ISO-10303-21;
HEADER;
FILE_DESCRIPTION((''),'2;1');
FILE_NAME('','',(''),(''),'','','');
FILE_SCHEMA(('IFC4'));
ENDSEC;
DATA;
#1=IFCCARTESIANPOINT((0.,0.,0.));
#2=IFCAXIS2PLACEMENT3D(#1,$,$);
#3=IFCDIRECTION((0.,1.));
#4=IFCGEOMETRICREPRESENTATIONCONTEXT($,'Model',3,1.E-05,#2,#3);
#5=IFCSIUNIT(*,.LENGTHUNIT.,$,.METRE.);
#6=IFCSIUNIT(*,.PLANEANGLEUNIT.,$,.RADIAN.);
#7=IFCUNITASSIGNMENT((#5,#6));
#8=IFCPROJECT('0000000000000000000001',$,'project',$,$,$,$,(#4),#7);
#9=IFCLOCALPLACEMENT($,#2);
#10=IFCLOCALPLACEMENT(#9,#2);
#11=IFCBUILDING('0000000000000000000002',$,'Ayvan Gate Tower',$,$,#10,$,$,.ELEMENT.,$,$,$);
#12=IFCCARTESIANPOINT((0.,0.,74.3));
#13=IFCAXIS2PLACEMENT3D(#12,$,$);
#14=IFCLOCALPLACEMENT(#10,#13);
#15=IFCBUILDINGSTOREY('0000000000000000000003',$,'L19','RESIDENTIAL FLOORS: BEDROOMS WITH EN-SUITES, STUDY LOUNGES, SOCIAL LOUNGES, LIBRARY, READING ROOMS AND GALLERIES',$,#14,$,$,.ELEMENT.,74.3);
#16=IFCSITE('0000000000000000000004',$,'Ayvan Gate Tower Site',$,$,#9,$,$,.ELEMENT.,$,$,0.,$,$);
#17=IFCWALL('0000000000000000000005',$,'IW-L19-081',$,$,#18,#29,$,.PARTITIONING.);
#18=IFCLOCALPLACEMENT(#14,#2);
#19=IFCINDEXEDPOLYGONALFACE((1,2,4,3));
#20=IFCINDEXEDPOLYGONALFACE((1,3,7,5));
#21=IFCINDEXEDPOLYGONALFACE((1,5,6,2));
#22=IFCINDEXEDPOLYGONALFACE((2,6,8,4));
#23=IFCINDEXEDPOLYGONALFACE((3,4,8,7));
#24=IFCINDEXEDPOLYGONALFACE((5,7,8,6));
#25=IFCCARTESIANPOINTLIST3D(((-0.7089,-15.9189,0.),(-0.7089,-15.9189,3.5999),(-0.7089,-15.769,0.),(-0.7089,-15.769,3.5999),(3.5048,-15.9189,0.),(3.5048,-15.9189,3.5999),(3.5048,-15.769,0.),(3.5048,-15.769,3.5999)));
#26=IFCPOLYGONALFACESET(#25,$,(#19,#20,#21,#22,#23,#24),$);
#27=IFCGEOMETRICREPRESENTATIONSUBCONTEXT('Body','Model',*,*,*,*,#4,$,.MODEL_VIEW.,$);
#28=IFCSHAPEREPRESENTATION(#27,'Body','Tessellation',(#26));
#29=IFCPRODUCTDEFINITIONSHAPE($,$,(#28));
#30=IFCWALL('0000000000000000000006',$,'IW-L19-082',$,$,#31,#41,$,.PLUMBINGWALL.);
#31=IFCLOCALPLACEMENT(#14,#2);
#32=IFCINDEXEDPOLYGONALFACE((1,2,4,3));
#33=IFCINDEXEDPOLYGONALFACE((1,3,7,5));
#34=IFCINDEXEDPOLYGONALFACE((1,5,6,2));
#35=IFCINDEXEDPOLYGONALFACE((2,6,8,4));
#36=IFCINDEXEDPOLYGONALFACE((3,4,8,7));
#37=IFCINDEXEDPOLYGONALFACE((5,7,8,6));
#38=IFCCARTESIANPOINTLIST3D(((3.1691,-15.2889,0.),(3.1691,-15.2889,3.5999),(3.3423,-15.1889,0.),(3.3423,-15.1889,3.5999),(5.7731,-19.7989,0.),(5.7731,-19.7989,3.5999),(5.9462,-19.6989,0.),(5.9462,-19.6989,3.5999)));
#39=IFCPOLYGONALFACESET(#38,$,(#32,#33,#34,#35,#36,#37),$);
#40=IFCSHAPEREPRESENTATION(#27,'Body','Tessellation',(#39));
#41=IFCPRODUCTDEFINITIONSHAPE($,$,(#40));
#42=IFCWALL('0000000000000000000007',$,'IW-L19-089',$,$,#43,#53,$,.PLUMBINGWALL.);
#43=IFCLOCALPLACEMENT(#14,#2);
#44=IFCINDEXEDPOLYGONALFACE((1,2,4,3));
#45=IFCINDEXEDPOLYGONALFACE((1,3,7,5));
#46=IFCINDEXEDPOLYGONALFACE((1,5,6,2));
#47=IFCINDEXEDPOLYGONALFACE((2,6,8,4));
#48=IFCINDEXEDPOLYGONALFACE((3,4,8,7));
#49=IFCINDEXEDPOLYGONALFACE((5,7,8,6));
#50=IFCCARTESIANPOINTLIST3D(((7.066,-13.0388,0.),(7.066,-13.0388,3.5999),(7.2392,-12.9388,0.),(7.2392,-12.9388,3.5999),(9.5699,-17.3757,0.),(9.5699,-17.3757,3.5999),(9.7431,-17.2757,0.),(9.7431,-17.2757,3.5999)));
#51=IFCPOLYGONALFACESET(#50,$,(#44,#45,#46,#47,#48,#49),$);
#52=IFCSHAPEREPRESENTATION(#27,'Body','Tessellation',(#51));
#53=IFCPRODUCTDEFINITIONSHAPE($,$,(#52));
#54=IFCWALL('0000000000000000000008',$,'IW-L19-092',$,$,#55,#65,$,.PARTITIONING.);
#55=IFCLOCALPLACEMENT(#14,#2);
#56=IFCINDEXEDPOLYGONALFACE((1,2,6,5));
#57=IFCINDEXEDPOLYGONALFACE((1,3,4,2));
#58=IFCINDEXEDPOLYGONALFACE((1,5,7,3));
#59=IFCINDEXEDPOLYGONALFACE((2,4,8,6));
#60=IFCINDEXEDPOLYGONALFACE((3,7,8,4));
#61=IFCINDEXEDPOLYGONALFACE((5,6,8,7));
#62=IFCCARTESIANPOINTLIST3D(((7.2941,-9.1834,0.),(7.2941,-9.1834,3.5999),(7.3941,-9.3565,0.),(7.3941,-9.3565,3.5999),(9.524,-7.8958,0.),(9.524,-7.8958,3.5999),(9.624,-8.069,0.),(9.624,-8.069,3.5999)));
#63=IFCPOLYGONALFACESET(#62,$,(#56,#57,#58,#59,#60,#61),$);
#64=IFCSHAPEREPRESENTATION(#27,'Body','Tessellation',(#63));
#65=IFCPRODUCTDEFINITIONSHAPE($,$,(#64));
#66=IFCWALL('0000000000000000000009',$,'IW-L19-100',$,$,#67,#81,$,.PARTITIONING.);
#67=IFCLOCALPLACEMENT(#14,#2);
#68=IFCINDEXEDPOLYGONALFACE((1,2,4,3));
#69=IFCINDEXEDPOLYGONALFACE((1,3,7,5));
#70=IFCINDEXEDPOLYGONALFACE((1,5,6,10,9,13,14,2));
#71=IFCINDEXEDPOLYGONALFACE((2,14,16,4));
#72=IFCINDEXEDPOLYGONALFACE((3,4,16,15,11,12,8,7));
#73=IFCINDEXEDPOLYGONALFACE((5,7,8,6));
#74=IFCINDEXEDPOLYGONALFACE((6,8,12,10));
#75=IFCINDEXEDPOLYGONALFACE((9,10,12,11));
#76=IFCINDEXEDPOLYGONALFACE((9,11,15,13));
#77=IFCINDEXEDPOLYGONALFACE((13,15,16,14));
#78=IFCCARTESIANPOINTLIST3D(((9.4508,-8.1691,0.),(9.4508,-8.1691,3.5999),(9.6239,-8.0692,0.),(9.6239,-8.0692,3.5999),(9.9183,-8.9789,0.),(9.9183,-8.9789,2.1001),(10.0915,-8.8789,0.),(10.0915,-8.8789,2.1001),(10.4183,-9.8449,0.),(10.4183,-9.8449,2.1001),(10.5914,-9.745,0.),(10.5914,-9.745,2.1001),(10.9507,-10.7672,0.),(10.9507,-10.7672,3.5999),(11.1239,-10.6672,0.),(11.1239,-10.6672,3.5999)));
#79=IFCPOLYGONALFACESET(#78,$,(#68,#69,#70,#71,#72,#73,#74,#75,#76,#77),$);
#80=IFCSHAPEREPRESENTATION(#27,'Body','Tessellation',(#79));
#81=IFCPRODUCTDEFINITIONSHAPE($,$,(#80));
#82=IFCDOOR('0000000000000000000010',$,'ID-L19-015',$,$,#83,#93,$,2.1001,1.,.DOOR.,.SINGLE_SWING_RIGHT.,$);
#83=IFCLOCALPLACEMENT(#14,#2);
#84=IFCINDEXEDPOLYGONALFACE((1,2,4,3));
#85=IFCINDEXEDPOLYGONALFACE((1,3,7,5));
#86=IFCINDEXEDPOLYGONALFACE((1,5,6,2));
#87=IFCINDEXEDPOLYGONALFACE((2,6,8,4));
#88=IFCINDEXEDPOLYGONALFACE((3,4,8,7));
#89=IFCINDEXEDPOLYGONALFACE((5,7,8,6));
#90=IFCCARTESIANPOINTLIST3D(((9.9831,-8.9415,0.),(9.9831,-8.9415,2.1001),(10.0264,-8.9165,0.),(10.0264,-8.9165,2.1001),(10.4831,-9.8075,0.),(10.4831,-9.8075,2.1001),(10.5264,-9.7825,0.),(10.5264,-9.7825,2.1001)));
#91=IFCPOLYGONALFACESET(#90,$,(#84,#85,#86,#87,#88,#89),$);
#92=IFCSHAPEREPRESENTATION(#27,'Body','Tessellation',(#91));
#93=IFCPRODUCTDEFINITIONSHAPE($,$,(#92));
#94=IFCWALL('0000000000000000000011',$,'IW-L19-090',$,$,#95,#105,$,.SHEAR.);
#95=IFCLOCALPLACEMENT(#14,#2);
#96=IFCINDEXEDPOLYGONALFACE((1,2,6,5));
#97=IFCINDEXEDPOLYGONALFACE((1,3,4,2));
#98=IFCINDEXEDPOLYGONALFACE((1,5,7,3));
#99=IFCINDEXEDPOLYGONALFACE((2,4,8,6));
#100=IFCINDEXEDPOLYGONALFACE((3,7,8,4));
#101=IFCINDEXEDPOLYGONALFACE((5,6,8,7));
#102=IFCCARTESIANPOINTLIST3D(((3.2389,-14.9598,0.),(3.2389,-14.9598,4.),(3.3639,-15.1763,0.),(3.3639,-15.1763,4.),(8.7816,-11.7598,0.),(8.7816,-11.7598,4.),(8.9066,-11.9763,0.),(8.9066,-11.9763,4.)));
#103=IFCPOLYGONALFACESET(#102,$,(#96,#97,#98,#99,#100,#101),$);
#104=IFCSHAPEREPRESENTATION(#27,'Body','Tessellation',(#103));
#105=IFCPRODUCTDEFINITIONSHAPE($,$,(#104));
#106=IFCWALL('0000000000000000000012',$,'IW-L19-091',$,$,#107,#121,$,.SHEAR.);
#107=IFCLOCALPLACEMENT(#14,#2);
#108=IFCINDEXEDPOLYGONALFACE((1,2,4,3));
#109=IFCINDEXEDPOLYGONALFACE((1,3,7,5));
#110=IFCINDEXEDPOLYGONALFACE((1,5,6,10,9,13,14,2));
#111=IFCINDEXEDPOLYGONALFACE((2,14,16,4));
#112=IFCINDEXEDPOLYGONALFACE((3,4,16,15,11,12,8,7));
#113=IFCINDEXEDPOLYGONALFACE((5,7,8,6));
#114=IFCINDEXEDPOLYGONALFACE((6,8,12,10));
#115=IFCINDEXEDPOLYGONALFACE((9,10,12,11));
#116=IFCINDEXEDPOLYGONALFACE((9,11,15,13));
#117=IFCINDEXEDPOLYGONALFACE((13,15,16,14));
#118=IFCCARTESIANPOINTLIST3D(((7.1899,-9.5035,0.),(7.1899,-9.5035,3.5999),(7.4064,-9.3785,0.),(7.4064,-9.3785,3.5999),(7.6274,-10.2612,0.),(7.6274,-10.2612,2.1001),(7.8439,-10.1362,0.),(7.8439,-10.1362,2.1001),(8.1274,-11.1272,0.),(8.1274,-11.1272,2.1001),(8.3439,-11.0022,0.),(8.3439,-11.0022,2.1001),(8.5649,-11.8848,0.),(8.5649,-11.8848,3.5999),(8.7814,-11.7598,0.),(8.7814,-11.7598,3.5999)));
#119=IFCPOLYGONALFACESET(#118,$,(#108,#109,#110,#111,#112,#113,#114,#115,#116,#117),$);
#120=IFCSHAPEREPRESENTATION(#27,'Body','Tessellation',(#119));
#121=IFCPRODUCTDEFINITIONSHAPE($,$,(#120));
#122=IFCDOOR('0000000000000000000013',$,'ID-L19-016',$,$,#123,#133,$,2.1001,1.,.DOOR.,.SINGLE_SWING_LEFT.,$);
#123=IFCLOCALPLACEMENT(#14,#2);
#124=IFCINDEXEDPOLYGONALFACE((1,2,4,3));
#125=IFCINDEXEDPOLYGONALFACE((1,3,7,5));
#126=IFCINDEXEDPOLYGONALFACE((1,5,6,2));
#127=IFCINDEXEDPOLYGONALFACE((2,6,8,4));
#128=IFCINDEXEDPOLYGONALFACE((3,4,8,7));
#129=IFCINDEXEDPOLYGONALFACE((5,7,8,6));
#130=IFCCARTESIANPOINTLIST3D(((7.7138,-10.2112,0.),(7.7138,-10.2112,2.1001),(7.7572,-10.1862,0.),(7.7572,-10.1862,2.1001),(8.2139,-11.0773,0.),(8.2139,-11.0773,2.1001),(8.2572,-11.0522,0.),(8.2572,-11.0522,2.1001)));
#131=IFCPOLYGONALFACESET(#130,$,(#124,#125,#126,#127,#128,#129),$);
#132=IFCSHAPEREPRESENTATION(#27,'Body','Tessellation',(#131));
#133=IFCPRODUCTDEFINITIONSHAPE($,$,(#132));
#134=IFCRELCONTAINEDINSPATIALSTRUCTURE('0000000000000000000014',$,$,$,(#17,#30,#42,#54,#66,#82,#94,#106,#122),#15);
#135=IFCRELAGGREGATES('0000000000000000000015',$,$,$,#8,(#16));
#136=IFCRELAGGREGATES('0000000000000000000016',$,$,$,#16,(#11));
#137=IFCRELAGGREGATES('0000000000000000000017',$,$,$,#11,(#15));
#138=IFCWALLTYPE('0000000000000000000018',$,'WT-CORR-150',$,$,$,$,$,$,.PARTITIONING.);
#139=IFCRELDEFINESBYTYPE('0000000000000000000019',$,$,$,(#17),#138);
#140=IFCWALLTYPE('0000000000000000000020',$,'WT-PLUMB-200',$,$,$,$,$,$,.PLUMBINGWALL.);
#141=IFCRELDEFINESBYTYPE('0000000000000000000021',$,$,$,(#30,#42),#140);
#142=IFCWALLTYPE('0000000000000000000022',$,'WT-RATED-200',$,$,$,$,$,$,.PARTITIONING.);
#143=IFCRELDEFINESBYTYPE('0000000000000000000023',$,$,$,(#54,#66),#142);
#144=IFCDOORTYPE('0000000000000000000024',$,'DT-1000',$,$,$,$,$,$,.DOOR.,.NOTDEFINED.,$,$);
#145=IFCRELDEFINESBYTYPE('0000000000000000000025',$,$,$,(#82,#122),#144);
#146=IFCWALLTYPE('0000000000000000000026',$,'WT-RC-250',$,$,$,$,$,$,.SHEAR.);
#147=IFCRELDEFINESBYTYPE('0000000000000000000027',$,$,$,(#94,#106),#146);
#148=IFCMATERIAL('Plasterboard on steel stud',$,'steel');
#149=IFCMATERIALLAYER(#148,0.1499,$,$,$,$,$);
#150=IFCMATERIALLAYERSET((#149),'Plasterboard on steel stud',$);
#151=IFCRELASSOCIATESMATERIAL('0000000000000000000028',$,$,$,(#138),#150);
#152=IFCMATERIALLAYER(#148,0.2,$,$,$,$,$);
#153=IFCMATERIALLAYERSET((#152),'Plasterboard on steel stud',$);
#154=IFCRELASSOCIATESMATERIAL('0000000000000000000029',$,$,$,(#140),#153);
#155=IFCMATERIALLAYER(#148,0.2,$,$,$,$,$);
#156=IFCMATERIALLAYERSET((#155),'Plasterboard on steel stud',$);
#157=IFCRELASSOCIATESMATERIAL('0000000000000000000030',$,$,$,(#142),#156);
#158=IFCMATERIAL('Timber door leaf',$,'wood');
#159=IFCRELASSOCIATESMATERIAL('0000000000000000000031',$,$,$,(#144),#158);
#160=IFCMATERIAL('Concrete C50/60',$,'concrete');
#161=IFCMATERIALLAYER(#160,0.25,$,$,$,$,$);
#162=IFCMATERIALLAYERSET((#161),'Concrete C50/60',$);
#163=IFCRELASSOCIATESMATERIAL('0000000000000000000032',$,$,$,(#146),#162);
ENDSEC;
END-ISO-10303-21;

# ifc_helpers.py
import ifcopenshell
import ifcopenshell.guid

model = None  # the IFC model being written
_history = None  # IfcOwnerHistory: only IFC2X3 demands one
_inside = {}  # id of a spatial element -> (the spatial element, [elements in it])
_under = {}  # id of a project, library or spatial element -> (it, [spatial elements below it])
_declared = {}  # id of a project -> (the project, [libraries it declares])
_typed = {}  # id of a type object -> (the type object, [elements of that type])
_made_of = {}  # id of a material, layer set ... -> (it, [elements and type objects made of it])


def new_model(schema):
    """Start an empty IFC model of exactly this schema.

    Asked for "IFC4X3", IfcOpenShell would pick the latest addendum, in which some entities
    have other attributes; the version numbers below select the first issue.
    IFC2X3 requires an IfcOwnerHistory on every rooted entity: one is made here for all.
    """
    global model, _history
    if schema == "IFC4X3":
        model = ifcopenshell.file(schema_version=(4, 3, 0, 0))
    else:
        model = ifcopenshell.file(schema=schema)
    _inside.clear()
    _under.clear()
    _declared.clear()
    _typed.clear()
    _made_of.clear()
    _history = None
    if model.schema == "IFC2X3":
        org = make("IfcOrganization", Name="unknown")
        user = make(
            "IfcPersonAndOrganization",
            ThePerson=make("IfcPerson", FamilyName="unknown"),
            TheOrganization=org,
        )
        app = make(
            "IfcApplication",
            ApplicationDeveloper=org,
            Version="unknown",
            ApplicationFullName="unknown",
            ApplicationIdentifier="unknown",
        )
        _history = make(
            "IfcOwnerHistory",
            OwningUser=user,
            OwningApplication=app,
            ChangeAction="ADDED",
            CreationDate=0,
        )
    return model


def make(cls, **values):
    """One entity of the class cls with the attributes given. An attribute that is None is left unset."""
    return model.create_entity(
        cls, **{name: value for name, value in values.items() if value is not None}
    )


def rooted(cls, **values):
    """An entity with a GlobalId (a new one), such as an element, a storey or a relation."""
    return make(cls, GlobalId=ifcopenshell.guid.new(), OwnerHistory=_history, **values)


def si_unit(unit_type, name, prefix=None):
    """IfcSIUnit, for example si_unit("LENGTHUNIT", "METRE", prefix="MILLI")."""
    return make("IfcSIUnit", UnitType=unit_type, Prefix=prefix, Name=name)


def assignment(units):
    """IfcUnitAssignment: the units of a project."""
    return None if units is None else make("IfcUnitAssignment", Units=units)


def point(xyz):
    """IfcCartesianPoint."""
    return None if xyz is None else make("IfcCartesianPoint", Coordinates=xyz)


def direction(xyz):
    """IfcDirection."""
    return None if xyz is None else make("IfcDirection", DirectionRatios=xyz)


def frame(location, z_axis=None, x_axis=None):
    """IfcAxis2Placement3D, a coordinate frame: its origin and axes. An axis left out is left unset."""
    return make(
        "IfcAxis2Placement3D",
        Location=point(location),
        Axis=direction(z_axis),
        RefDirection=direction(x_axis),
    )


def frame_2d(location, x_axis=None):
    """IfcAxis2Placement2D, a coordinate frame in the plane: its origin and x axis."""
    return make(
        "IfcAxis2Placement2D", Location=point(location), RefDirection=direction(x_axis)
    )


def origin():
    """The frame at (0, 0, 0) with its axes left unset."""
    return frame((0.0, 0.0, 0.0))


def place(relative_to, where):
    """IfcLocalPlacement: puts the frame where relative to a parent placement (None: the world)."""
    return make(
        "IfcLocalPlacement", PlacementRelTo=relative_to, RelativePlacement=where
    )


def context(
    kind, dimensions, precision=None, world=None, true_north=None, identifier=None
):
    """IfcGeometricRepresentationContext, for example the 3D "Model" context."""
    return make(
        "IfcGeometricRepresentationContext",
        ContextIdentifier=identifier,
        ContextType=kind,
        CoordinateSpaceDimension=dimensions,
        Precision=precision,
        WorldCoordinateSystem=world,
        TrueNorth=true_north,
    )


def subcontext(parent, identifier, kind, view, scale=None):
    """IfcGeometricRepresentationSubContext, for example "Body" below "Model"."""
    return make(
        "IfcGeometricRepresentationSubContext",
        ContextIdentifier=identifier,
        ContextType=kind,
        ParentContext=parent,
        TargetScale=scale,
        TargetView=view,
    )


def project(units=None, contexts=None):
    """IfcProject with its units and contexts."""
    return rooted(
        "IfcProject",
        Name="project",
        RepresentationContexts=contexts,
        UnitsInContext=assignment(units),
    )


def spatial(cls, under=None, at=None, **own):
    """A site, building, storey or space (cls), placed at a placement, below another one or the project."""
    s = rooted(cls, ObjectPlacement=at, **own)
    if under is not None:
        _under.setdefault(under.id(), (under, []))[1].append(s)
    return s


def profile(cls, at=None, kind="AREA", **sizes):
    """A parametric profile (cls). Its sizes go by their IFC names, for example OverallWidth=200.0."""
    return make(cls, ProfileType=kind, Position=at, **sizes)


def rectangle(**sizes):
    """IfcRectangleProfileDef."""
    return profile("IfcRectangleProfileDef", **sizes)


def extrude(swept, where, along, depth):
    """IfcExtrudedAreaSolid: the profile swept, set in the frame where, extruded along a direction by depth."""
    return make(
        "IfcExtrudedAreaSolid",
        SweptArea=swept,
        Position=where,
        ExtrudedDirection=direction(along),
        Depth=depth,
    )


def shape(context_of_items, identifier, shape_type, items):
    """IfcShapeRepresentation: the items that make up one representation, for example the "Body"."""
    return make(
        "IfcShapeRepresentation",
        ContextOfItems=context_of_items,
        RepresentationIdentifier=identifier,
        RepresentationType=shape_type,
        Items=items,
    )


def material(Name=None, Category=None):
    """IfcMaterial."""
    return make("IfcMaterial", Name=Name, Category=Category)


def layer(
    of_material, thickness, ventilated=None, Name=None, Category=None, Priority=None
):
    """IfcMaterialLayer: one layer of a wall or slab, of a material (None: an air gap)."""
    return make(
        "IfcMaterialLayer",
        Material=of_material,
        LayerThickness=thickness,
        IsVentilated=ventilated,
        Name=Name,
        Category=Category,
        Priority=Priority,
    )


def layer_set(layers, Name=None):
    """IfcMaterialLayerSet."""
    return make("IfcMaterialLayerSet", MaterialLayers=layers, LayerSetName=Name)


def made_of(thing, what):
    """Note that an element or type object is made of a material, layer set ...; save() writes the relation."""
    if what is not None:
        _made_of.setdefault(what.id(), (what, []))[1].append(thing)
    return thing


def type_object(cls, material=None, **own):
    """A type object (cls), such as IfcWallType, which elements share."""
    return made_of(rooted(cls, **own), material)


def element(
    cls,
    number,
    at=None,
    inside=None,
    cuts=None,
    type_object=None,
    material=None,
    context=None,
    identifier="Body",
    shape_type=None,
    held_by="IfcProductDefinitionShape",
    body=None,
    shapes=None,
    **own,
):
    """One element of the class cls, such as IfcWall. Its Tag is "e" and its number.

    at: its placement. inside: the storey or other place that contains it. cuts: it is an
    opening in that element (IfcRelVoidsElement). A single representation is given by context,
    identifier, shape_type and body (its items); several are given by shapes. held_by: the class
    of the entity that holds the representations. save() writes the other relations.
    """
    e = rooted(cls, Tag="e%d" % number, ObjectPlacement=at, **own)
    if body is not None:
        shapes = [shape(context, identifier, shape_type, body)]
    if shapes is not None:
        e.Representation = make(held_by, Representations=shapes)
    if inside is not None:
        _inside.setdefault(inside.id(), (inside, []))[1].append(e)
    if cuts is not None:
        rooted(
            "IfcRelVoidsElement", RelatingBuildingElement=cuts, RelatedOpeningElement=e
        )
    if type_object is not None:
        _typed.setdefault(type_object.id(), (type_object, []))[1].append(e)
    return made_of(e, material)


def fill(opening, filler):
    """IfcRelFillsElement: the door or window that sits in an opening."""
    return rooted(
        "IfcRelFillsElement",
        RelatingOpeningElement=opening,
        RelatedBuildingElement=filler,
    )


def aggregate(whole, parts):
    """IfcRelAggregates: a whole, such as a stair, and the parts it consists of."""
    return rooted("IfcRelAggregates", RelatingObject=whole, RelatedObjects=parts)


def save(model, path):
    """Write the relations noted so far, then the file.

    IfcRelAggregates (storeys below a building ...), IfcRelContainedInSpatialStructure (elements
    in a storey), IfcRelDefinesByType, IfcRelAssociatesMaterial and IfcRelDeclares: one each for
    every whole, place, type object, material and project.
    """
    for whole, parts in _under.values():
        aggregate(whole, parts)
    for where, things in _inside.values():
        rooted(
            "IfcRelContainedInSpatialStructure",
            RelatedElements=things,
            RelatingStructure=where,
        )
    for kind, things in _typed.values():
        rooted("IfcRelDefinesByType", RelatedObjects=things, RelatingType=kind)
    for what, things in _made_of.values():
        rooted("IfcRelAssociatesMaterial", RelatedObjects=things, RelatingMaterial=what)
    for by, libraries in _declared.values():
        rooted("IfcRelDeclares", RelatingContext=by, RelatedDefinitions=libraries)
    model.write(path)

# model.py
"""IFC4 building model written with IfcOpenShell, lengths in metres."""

from ifc_helpers import new_model, si_unit, direction, frame, frame_2d, origin, place, context, subcontext, project, spatial, rectangle, extrude, material, layer, layer_set, type_object, element, fill, save


model = new_model("IFC4")

# Units and contexts
model_context = context("Model", 3, precision=1e-05, world=origin(), true_north=direction((0.0, 1.0)))
body_context = subcontext(model_context, "Body", "Model", "MODEL_VIEW")
ifc_project = project(units=[si_unit("LENGTHUNIT", "METRE"), si_unit("PLANEANGLEUNIT", "RADIAN")], contexts=[model_context])

# Site, building, storey
site_placement = place(None, origin())
site = spatial("IfcSite", under=ifc_project, at=site_placement, Name="Ayvan Gate Tower Site", CompositionType="ELEMENT", RefElevation=0.0)
building_placement = place(site_placement, origin())
building = spatial("IfcBuilding", under=site, at=building_placement, Name="Ayvan Gate Tower", CompositionType="ELEMENT")
storey_placement = place(building_placement, frame((0.0, 0.0, 74.3)))
storey = spatial("IfcBuildingStorey", under=building, at=storey_placement, Name="L19", Description="RESIDENTIAL FLOORS: BEDROOMS WITH EN-SUITES, STUDY LOUNGES, SOCIAL LOUNGES, LIBRARY, READING ROOMS AND GALLERIES", CompositionType="ELEMENT", Elevation=74.3)

# Walls
ifc_material_1 = material(Name="Plasterboard on steel stud", Category="steel")
ifc_layer_1 = layer(ifc_material_1, 0.1499)
ifc_layer_set_1 = layer_set([ifc_layer_1], Name="Plasterboard on steel stud")
wall_type_1 = type_object("IfcWallType", Name="WT-CORR-150", PredefinedType="PARTITIONING", material=ifc_layer_set_1)
wall_1_placement = place(storey_placement, frame((3.5049, -15.844, 0.0), z_axis=(0.0, 0.0, 1.0), x_axis=(-1.0, 0.0, 0.0)))
element("IfcWall", 1, at=wall_1_placement, inside=storey, type_object=wall_type_1, Name="IW-L19-081", PredefinedType="PARTITIONING", context=body_context, shape_type="SweptSolid", body=[
    extrude(rectangle(XDim=4.2136, YDim=0.1499, at=frame_2d((2.1069, 0.0))), origin(), (0.0, 0.0, 1.0), 3.5999),
])
ifc_layer_2 = layer(ifc_material_1, 0.2)
ifc_layer_set_2 = layer_set([ifc_layer_2], Name="Plasterboard on steel stud")
wall_type_2 = type_object("IfcWallType", Name="WT-PLUMB-200", PredefinedType="PLUMBINGWALL", material=ifc_layer_set_2)
wall_2_placement = place(storey_placement, frame((3.2556, -15.2388, 0.0), z_axis=(0.0, 0.0, 1.0), x_axis=(0.500021, -0.866013, 0.0)))
element("IfcWall", 2, at=wall_2_placement, inside=storey, type_object=wall_type_2, Name="IW-L19-082", PredefinedType="PLUMBINGWALL", context=body_context, shape_type="SweptSolid", body=[
    extrude(rectangle(XDim=5.2078, YDim=0.2, at=frame_2d((2.604, 0.0))), origin(), (0.0, 0.0, 1.0), 3.5999),
])
wall_3_placement = place(storey_placement, frame((7.1526, -12.9888, 0.0), z_axis=(0.0, 0.0, 1.0), x_axis=(0.499998, -0.866026, 0.0)))
element("IfcWall", 3, at=wall_3_placement, inside=storey, type_object=wall_type_2, Name="IW-L19-089", PredefinedType="PLUMBINGWALL", context=body_context, shape_type="SweptSolid", body=[
    extrude(rectangle(XDim=5.0078, YDim=0.2, at=frame_2d((2.5039, 0.0))), origin(), (0.0, 0.0, 1.0), 3.5999),
])
ifc_layer_3 = layer(ifc_material_1, 0.2)
ifc_layer_set_3 = layer_set([ifc_layer_3], Name="Plasterboard on steel stud")
wall_type_3 = type_object("IfcWallType", Name="WT-RATED-200", PredefinedType="PARTITIONING", material=ifc_layer_set_3)
wall_4_placement = place(storey_placement, frame((7.344, -9.27, 0.0), z_axis=(0.0, 0.0, 1.0), x_axis=(0.866006, 0.500034, 0.0)))
element("IfcWall", 4, at=wall_4_placement, inside=storey, type_object=wall_type_3, Name="IW-L19-092", PredefinedType="PARTITIONING", context=body_context, shape_type="SweptSolid", body=[
    extrude(rectangle(XDim=2.575, YDim=0.2, at=frame_2d((1.2876, 0.0))), origin(), (0.0, 0.0, 1.0), 3.5999),
])

# Wall, opening, door
wall_5_placement = place(storey_placement, frame((9.5374, -8.1191, 0.0), z_axis=(0.0, 0.0, 1.0), x_axis=(0.49999, -0.866031, 0.0)))
wall_5 = element("IfcWall", 5, at=wall_5_placement, inside=storey, type_object=wall_type_3, Name="IW-L19-100", PredefinedType="PARTITIONING", context=body_context, shape_type="SweptSolid", body=[
    extrude(rectangle(XDim=3.0, YDim=0.2, at=frame_2d((1.5, 0.0))), origin(), (0.0, 0.0, 1.0), 3.5999),
])
opening_1_placement = place(wall_5_placement, frame((0.9351, 0.0, 0.0)))
opening_1 = element("IfcOpeningElement", 6, at=opening_1_placement, cuts=wall_5, PredefinedType="OPENING", context=body_context, shape_type="SweptSolid", body=[
    extrude(rectangle(XDim=1.0, YDim=2.1001, at=frame_2d((0.5, 1.05))), frame((0.0, 0.1099, 0.0), z_axis=(0.0, -1.0, 0.0), x_axis=(1.0, 0.0, 0.0)), (0.0, 0.0, 1.0), 0.22),
])
ifc_material_2 = material(Name="Timber door leaf", Category="wood")
door_type = type_object("IfcDoorType", Name="DT-1000", OperationType="NOTDEFINED", PredefinedType="DOOR", material=ifc_material_2)
door_1_placement = place(opening_1_placement, origin())
door_1 = element("IfcDoor", 7, at=door_1_placement, inside=storey, type_object=door_type, Name="ID-L19-015", OperationType="SINGLE_SWING_RIGHT", OverallHeight=2.1001, OverallWidth=1.0, PredefinedType="DOOR", context=body_context, shape_type="SweptSolid", body=[
    extrude(rectangle(XDim=1.0, YDim=2.1001, at=frame_2d((0.5, 1.05))), frame((0.0, 0.0249, 0.0), z_axis=(0.0, -1.0, 0.0), x_axis=(1.0, 0.0, 0.0)), (0.0, 0.0, 1.0), 0.05),
])
fill(opening_1, door_1)

# Wall
ifc_material_3 = material(Name="Concrete C50/60", Category="concrete")
ifc_layer_4 = layer(ifc_material_3, 0.25)
ifc_layer_set_4 = layer_set([ifc_layer_4], Name="Concrete C50/60")
wall_type_4 = type_object("IfcWallType", Name="WT-RC-250", PredefinedType="SHEAR", material=ifc_layer_set_4)
wall_6_placement = place(storey_placement, frame((3.3013, -15.0681, 0.0), z_axis=(0.0, 0.0, 1.0), x_axis=(0.866035, 0.499983, 0.0)))
element("IfcWall", 8, at=wall_6_placement, inside=storey, type_object=wall_type_4, Name="IW-L19-090", PredefinedType="SHEAR", context=body_context, shape_type="SweptSolid", body=[
    extrude(rectangle(XDim=6.4001, YDim=0.25, at=frame_2d((3.2002, 0.0))), origin(), (0.0, 0.0, 1.0), 4.0),
])

# Wall, opening, door
wall_7_placement = place(storey_placement, frame((7.2981, -9.4409, 0.0), z_axis=(0.0, 0.0, 1.0), x_axis=(0.500035, -0.866005, 0.0)))
wall_7 = element("IfcWall", 9, at=wall_7_placement, inside=storey, type_object=wall_type_4, Name="IW-L19-091", PredefinedType="SHEAR", context=body_context, shape_type="SweptSolid", body=[
    extrude(rectangle(XDim=2.7498, YDim=0.25, at=frame_2d((1.375, 0.0))), origin(), (0.0, 0.0, 1.0), 3.5999),
])
opening_2_placement = place(wall_7_placement, frame((0.875, 0.0, 0.0)))
opening_2 = element("IfcOpeningElement", 10, at=opening_2_placement, cuts=wall_7, PredefinedType="OPENING", context=body_context, shape_type="SweptSolid", body=[
    extrude(rectangle(XDim=1.0, YDim=2.1001, at=frame_2d((0.5, 1.05))), frame((0.0, 0.135, 0.0), z_axis=(0.0, -1.0, 0.0), x_axis=(1.0, 0.0, 0.0)), (0.0, 0.0, 1.0), 0.27),
])
door_2_placement = place(opening_2_placement, origin())
door_2 = element("IfcDoor", 11, at=door_2_placement, inside=storey, type_object=door_type, Name="ID-L19-016", OperationType="SINGLE_SWING_LEFT", OverallHeight=2.1001, OverallWidth=1.0, PredefinedType="DOOR", context=body_context, shape_type="SweptSolid", body=[
    extrude(rectangle(XDim=1.0, YDim=2.1001, at=frame_2d((0.5, 1.05))), frame((0.0, 0.0249, 0.0), z_axis=(0.0, -1.0, 0.0), x_axis=(1.0, 0.0, 0.0)), (0.0, 0.0, 1.0), 0.05),
])
fill(opening_2, door_2)

save(model, "model.ifc")
